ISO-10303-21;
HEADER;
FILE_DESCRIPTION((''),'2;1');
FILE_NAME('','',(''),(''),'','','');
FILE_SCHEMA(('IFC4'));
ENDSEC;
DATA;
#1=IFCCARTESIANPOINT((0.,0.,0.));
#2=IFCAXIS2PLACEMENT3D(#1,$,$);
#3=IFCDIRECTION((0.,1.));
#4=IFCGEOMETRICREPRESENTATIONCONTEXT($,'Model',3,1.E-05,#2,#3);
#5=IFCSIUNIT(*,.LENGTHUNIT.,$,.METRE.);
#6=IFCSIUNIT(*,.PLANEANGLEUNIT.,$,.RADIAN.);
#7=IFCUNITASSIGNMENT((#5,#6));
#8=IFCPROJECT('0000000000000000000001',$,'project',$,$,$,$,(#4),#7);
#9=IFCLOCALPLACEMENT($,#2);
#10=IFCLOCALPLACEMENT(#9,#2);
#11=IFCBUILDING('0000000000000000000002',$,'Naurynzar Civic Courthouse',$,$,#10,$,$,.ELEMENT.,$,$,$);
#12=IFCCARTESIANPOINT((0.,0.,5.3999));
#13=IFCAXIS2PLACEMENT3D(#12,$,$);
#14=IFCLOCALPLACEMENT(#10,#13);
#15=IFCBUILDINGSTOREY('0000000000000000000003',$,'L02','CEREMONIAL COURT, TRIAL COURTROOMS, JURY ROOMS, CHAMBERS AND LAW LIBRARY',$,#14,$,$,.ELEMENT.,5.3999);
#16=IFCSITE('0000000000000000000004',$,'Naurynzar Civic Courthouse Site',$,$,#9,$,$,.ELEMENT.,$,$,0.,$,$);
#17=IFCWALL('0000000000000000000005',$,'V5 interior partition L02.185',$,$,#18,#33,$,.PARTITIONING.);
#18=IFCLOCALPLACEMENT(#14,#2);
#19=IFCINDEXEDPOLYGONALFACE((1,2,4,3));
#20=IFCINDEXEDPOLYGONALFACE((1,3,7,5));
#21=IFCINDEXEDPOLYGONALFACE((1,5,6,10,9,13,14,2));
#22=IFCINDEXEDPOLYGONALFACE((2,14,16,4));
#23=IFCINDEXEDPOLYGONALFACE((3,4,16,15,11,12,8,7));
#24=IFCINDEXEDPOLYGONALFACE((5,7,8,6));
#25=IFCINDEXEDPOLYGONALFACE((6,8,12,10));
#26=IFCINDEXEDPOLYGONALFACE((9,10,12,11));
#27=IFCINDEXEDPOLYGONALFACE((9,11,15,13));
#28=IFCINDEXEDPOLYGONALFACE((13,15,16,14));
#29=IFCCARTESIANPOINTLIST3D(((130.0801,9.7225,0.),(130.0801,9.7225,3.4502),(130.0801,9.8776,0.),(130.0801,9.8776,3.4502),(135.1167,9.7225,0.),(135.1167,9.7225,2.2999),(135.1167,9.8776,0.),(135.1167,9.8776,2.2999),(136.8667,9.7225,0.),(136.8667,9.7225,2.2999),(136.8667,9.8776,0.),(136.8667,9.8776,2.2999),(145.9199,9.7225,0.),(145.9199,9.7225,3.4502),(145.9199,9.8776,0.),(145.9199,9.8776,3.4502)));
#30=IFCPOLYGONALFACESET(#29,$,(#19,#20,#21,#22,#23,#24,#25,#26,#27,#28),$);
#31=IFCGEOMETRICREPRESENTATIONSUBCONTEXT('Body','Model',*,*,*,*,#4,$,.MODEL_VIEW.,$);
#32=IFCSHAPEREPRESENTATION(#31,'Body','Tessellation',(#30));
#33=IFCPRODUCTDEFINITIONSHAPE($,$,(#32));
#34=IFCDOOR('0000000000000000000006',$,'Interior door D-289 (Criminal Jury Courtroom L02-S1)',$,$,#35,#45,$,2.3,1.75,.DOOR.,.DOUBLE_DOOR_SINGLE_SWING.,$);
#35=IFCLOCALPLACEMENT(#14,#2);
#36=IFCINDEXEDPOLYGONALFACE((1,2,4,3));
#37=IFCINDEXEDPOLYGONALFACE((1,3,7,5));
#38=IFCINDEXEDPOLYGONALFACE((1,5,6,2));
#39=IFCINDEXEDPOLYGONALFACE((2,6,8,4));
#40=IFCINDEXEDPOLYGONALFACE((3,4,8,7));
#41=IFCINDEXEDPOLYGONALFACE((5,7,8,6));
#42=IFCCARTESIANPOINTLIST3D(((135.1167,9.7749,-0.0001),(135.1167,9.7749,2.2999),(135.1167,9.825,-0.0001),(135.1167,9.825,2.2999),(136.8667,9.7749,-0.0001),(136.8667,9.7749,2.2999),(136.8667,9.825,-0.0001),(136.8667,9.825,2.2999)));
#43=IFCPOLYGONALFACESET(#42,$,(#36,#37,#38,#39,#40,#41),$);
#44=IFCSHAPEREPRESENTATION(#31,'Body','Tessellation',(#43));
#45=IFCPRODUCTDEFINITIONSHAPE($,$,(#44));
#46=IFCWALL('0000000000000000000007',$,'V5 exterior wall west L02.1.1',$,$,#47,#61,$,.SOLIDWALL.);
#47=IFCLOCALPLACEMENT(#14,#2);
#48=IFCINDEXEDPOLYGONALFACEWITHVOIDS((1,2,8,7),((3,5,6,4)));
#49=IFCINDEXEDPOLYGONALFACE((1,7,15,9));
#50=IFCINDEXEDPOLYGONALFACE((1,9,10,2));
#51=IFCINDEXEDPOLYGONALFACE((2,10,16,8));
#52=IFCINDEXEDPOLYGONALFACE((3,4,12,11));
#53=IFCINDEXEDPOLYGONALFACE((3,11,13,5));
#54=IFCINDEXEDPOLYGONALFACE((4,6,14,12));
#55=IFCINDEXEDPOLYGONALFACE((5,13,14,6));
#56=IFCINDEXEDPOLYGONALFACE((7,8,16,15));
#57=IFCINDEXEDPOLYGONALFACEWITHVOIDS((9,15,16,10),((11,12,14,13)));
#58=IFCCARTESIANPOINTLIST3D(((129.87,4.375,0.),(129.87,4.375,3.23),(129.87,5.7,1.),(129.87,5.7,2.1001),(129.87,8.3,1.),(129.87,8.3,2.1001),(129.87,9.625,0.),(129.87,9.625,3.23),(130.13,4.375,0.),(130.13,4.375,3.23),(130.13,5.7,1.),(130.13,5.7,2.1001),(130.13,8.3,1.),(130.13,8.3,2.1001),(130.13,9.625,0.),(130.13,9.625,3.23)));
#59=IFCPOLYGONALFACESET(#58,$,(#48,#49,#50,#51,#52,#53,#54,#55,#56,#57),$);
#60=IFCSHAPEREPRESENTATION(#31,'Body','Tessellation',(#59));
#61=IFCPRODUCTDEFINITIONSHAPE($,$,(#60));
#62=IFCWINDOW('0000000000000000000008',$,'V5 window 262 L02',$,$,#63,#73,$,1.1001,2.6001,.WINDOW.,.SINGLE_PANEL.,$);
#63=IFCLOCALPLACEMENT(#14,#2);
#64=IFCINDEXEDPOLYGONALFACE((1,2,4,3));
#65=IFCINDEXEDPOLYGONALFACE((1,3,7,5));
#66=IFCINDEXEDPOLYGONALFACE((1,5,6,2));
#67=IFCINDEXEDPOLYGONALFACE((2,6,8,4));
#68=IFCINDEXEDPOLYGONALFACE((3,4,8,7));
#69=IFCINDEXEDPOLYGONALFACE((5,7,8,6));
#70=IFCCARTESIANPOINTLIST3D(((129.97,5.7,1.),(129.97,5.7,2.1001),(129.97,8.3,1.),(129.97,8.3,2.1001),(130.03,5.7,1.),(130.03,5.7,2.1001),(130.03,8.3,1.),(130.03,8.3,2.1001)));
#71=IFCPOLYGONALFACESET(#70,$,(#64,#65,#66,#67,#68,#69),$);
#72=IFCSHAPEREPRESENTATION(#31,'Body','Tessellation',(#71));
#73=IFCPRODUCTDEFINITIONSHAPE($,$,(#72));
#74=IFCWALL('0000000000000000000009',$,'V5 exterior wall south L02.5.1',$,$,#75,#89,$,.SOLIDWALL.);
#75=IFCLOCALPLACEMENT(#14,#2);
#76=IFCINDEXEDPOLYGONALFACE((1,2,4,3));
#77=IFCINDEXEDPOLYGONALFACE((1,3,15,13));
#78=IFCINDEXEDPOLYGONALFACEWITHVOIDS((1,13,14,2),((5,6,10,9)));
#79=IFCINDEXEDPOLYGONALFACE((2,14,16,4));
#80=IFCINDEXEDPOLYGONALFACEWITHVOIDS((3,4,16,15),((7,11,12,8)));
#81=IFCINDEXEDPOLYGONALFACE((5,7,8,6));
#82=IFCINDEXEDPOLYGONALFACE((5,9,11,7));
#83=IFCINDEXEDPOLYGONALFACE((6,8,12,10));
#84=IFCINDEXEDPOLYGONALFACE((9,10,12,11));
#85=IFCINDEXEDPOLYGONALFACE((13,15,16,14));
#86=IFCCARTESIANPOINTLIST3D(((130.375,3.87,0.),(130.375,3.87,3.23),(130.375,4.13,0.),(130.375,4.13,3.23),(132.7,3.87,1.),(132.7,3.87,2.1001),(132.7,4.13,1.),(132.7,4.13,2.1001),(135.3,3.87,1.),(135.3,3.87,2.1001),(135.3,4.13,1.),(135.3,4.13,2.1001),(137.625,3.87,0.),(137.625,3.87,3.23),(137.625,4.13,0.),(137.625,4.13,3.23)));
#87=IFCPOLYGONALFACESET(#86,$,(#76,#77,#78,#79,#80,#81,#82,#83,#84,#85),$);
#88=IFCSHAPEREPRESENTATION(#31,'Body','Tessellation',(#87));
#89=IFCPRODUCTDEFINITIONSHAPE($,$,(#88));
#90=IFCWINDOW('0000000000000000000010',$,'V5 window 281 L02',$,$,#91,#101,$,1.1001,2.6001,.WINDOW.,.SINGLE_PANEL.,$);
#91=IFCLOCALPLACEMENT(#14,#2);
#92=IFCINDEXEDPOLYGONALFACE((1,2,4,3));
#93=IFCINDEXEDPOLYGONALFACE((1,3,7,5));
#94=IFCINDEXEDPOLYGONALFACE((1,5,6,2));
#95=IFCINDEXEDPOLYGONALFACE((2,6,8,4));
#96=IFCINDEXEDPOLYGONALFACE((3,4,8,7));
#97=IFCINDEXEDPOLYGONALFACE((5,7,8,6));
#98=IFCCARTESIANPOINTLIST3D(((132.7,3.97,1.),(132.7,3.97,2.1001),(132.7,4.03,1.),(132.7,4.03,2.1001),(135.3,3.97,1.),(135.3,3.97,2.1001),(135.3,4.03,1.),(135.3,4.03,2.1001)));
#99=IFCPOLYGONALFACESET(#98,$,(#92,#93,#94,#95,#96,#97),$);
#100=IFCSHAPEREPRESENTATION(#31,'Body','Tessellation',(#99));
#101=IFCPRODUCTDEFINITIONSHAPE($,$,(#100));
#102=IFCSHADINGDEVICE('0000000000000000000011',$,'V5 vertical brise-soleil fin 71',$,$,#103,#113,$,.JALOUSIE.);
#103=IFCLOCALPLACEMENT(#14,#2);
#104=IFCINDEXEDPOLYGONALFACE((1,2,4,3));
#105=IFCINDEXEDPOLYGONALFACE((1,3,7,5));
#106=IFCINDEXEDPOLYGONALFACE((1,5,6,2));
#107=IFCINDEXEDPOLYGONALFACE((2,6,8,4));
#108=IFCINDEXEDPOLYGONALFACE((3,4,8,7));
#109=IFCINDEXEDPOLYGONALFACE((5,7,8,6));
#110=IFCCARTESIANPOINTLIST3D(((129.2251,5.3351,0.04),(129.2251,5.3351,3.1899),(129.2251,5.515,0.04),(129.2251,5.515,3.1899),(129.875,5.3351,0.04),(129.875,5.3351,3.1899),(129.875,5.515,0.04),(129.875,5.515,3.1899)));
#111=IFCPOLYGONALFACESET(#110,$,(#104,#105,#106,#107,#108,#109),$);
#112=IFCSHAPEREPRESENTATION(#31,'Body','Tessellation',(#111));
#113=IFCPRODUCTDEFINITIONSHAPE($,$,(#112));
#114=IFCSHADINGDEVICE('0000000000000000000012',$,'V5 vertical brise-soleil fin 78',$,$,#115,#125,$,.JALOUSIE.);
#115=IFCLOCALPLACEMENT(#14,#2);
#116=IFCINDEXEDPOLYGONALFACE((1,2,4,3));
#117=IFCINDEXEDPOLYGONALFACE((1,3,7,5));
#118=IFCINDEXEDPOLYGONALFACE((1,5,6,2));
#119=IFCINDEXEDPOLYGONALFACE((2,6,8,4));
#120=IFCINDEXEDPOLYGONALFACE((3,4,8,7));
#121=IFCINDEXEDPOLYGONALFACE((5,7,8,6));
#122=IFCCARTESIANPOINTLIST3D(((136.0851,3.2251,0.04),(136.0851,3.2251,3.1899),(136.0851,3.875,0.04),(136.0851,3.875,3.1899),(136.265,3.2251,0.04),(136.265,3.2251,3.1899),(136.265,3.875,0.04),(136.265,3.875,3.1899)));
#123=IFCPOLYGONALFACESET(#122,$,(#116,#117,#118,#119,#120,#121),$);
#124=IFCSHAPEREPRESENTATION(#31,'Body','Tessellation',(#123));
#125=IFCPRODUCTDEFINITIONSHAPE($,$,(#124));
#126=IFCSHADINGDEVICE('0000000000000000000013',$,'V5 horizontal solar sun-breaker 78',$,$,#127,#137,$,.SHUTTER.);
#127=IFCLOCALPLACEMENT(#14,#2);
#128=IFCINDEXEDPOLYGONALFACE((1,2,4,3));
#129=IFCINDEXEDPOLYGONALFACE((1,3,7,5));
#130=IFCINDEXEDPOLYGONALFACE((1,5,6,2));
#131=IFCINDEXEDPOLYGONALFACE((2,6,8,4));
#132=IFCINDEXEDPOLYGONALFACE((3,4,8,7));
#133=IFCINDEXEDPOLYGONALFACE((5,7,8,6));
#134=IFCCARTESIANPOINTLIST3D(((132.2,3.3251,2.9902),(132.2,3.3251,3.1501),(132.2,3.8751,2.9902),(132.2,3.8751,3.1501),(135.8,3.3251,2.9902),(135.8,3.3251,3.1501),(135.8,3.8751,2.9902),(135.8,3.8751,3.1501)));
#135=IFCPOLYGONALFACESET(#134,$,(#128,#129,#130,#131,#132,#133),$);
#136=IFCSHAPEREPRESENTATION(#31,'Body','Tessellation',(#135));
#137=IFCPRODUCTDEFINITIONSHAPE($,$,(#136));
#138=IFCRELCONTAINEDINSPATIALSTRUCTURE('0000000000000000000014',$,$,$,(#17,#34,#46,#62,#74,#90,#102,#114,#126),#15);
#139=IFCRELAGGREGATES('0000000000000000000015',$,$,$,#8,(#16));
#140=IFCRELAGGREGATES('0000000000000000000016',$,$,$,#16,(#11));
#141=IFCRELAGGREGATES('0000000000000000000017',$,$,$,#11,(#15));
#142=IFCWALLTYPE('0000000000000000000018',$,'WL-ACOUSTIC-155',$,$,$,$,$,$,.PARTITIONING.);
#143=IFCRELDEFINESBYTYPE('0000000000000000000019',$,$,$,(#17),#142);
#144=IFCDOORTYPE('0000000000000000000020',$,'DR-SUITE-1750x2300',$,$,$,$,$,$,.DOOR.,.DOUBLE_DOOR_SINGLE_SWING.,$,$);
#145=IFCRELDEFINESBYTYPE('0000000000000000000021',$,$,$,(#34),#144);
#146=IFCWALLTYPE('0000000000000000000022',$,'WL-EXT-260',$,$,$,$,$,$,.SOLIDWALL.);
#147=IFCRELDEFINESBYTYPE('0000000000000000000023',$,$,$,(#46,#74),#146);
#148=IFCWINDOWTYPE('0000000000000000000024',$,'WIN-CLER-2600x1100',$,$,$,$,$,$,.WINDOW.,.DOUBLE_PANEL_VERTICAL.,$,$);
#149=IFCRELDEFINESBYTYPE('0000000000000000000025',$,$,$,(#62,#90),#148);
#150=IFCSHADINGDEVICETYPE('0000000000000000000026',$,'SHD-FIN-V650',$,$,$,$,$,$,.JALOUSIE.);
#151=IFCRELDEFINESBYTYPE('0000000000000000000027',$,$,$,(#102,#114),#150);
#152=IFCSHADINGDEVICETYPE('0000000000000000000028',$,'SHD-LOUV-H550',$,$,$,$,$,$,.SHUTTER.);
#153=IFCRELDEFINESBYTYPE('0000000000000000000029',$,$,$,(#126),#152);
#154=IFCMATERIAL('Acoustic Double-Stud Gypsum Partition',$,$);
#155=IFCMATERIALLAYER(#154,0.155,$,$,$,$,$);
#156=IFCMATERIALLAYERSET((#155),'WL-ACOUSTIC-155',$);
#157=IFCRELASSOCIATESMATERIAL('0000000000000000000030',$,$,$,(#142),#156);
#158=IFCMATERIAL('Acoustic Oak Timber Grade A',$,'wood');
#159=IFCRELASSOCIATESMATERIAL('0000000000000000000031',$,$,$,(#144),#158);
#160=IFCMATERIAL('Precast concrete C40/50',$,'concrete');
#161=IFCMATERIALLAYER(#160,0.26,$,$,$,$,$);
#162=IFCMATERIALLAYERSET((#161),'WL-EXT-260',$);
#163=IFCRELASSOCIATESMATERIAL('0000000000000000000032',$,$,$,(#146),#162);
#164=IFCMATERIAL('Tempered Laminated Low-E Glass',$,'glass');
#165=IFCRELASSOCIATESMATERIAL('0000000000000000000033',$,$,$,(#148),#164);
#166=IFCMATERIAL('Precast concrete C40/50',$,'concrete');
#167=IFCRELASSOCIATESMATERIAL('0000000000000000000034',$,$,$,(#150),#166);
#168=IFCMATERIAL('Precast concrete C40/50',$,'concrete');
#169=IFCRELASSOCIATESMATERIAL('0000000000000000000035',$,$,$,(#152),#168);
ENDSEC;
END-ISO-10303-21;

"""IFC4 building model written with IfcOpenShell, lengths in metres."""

from ifc_helpers import new_model, si_unit, direction, frame, frame_2d, origin, origin_2d, place, context, subcontext, project, spatial, rectangle, extrude, material, layer, layer_set, type_object, element, fill, save


model = new_model("IFC4")

# Units and contexts
model_context = context("Model", 3, precision=1e-05, world=origin(), true_north=direction((0.0, 1.0)))
body_context = subcontext(model_context, "Body", "Model", "MODEL_VIEW")
ifc_project = project(units=[si_unit("LENGTHUNIT", "METRE"), si_unit("PLANEANGLEUNIT", "RADIAN")], contexts=[model_context])

# Site, building, storey
site_placement = place(None, origin())
site = spatial("IfcSite", under=ifc_project, at=site_placement, Name="Naurynzar Civic Courthouse Site", CompositionType="ELEMENT", RefElevation=0.0)
building_placement = place(site_placement, origin())
building = spatial("IfcBuilding", under=site, at=building_placement, Name="Naurynzar Civic Courthouse", CompositionType="ELEMENT")
storey_placement = place(building_placement, frame((0.0, 0.0, 5.3999)))
storey = spatial("IfcBuildingStorey", under=building, at=storey_placement, Name="L02", Description="CEREMONIAL COURT, TRIAL COURTROOMS, JURY ROOMS, CHAMBERS AND LAW LIBRARY", CompositionType="ELEMENT", Elevation=5.3999)

# Wall, opening, door
ifc_material_1 = material(Name="Acoustic Double-Stud Gypsum Partition")
ifc_layer_1 = layer(ifc_material_1, 0.155)
ifc_layer_set_1 = layer_set([ifc_layer_1], Name="WL-ACOUSTIC-155")
wall_type_1 = type_object("IfcWallType", Name="WL-ACOUSTIC-155", PredefinedType="PARTITIONING", material=ifc_layer_set_1)
wall_1_placement = place(storey_placement, frame((130.0801, 9.8, 0.0), z_axis=(0.0, 0.0, 1.0), x_axis=(1.0, 0.0, 0.0)))
wall_1 = element("IfcWall", 1, at=wall_1_placement, inside=storey, type_object=wall_type_1, Name="V5 interior partition L02.185", PredefinedType="PARTITIONING", context=body_context, shape_type="SweptSolid", body=[
    extrude(rectangle(XDim=15.8398, YDim=0.155, at=frame_2d((7.9199, 0.0))), origin(), (0.0, 0.0, 1.0), 3.4502),
])
opening_1_placement = place(wall_1_placement, frame((5.0366, 0.0, 0.0)))
opening_1 = element("IfcOpeningElement", 2, at=opening_1_placement, cuts=wall_1, PredefinedType="OPENING", context=body_context, shape_type="SweptSolid", body=[
    extrude(rectangle(XDim=1.75, YDim=2.3, at=frame_2d((0.875, 1.1499))), frame((0.0, 0.0874, 0.0), z_axis=(0.0, -1.0, 0.0), x_axis=(1.0, 0.0, 0.0)), (0.0, 0.0, 1.0), 0.175),
])
ifc_material_2 = material(Name="Acoustic Oak Timber Grade A", Category="wood")
door_type = type_object("IfcDoorType", Name="DR-SUITE-1750x2300", OperationType="DOUBLE_DOOR_SINGLE_SWING", PredefinedType="DOOR", material=ifc_material_2)
door_placement = place(opening_1_placement, origin())
door = element("IfcDoor", 3, at=door_placement, inside=storey, type_object=door_type, Name="Interior door D-289 (Criminal Jury Courtroom L02-S1)", OperationType="DOUBLE_DOOR_SINGLE_SWING", OverallHeight=2.3, OverallWidth=1.75, PredefinedType="DOOR", context=body_context, shape_type="SweptSolid", body=[
    extrude(rectangle(XDim=1.75, YDim=2.3, at=frame_2d((0.875, 1.1499))), frame((0.0, 0.0249, 0.0), z_axis=(0.0, -1.0, 0.0), x_axis=(1.0, 0.0, 0.0)), (0.0, 0.0, 1.0), 0.05),
])
fill(opening_1, door)

# Walls, openings, windows
ifc_material_3 = material(Name="Precast concrete C40/50", Category="concrete")
ifc_layer_2 = layer(ifc_material_3, 0.26)
ifc_layer_set_2 = layer_set([ifc_layer_2], Name="WL-EXT-260")
wall_type_2 = type_object("IfcWallType", Name="WL-EXT-260", PredefinedType="SOLIDWALL", material=ifc_layer_set_2)
wall_2_placement = place(storey_placement, frame((130.0, 4.375, 0.0), z_axis=(0.0, 0.0, 1.0), x_axis=(0.0, 1.0, 0.0)))
wall_2 = element("IfcWall", 4, at=wall_2_placement, inside=storey, type_object=wall_type_2, Name="V5 exterior wall west L02.1.1", PredefinedType="SOLIDWALL", context=body_context, shape_type="SweptSolid", body=[
    extrude(rectangle(XDim=5.25, YDim=0.26, at=frame_2d((2.625, 0.0))), origin(), (0.0, 0.0, 1.0), 3.23),
])
opening_2_placement = place(wall_2_placement, frame((1.325, 0.0, 1.0)))
opening_2 = element("IfcOpeningElement", 5, at=opening_2_placement, cuts=wall_2, PredefinedType="OPENING", context=body_context, shape_type="SweptSolid", body=[
    extrude(rectangle(XDim=2.6001, YDim=1.1001, at=frame_2d((1.3, 0.55))), frame((0.0, 0.1399, 0.0), z_axis=(0.0, -1.0, 0.0), x_axis=(1.0, 0.0, 0.0)), (0.0, 0.0, 1.0), 0.28),
])
ifc_material_4 = material(Name="Tempered Laminated Low-E Glass", Category="glass")
window_type = type_object("IfcWindowType", Name="WIN-CLER-2600x1100", PartitioningType="DOUBLE_PANEL_VERTICAL", PredefinedType="WINDOW", material=ifc_material_4)
window_1_placement = place(opening_2_placement, origin())
window_1 = element("IfcWindow", 6, at=window_1_placement, inside=storey, type_object=window_type, Name="V5 window 262 L02", OverallHeight=1.1001, OverallWidth=2.6001, PartitioningType="SINGLE_PANEL", PredefinedType="WINDOW", context=body_context, shape_type="SweptSolid", body=[
    extrude(rectangle(XDim=2.6001, YDim=1.1001, at=frame_2d((1.3, 0.55))), frame((0.0, 0.03, 0.0), z_axis=(0.0, -1.0, 0.0), x_axis=(1.0, 0.0, 0.0)), (0.0, 0.0, 1.0), 0.0601),
])
fill(opening_2, window_1)
wall_3_placement = place(storey_placement, frame((137.625, 4.0, 0.0), z_axis=(0.0, 0.0, 1.0), x_axis=(-1.0, 0.0, 0.0)))
wall_3 = element("IfcWall", 7, at=wall_3_placement, inside=storey, type_object=wall_type_2, Name="V5 exterior wall south L02.5.1", PredefinedType="SOLIDWALL", context=body_context, shape_type="SweptSolid", body=[
    extrude(rectangle(XDim=7.25, YDim=0.26, at=frame_2d((3.625, 0.0))), origin(), (0.0, 0.0, 1.0), 3.23),
])
opening_3_placement = place(wall_3_placement, frame((2.325, 0.0, 1.0)))
opening_3 = element("IfcOpeningElement", 8, at=opening_3_placement, cuts=wall_3, PredefinedType="OPENING", context=body_context, shape_type="SweptSolid", body=[
    extrude(rectangle(XDim=2.6001, YDim=1.1001, at=frame_2d((1.3, 0.55))), frame((0.0, 0.1399, 0.0), z_axis=(0.0, -1.0, 0.0), x_axis=(1.0, 0.0, 0.0)), (0.0, 0.0, 1.0), 0.28),
])
window_2_placement = place(opening_3_placement, origin())
window_2 = element("IfcWindow", 9, at=window_2_placement, inside=storey, type_object=window_type, Name="V5 window 281 L02", OverallHeight=1.1001, OverallWidth=2.6001, PartitioningType="SINGLE_PANEL", PredefinedType="WINDOW", context=body_context, shape_type="SweptSolid", body=[
    extrude(rectangle(XDim=2.6001, YDim=1.1001, at=frame_2d((1.3, 0.55))), frame((0.0, 0.03, 0.0), z_axis=(0.0, -1.0, 0.0), x_axis=(1.0, 0.0, 0.0)), (0.0, 0.0, 1.0), 0.0601),
])
fill(opening_3, window_2)

# Shading devices
ifc_material_5 = material(Name="Precast concrete C40/50", Category="concrete")
shading_device_type_1 = type_object("IfcShadingDeviceType", Name="SHD-FIN-V650", PredefinedType="JALOUSIE", material=ifc_material_5)
for number, where, z_axis, x_axis, name in (
    (10, (129.55, 5.425, 0.04), (0.0, 0.0, 1.0), (0.0, 1.0, 0.0), "V5 vertical brise-soleil fin 71"),
    (11, (136.175, 3.55, 0.04), (0.0, 0.0, 1.0), (-1.0, 0.0, 0.0), "V5 vertical brise-soleil fin 78"),
):
    element("IfcShadingDevice", number, at=place(storey_placement, frame(where, z_axis=z_axis, x_axis=x_axis)), inside=storey, type_object=shading_device_type_1, Name=name, PredefinedType="JALOUSIE", context=body_context, shape_type="SweptSolid", body=[
        extrude(rectangle(XDim=0.1799, YDim=0.6499, at=origin_2d()), origin(), (0.0, 0.0, 1.0), 3.1499),
    ])
ifc_material_6 = material(Name="Precast concrete C40/50", Category="concrete")
shading_device_type_2 = type_object("IfcShadingDeviceType", Name="SHD-LOUV-H550", PredefinedType="SHUTTER", material=ifc_material_6)
shading_device_placement = place(storey_placement, frame((134.0, 3.6001, 2.9902), z_axis=(0.0, 0.0, 1.0), x_axis=(-1.0, 0.0, 0.0)))
element("IfcShadingDevice", 12, at=shading_device_placement, inside=storey, type_object=shading_device_type_2, Name="V5 horizontal solar sun-breaker 78", PredefinedType="SHUTTER", context=body_context, shape_type="SweptSolid", body=[
    extrude(rectangle(XDim=3.6001, YDim=0.55, at=origin_2d()), origin(), (0.0, 0.0, 1.0), 0.1599),
])

save(model, "model.ifc")
